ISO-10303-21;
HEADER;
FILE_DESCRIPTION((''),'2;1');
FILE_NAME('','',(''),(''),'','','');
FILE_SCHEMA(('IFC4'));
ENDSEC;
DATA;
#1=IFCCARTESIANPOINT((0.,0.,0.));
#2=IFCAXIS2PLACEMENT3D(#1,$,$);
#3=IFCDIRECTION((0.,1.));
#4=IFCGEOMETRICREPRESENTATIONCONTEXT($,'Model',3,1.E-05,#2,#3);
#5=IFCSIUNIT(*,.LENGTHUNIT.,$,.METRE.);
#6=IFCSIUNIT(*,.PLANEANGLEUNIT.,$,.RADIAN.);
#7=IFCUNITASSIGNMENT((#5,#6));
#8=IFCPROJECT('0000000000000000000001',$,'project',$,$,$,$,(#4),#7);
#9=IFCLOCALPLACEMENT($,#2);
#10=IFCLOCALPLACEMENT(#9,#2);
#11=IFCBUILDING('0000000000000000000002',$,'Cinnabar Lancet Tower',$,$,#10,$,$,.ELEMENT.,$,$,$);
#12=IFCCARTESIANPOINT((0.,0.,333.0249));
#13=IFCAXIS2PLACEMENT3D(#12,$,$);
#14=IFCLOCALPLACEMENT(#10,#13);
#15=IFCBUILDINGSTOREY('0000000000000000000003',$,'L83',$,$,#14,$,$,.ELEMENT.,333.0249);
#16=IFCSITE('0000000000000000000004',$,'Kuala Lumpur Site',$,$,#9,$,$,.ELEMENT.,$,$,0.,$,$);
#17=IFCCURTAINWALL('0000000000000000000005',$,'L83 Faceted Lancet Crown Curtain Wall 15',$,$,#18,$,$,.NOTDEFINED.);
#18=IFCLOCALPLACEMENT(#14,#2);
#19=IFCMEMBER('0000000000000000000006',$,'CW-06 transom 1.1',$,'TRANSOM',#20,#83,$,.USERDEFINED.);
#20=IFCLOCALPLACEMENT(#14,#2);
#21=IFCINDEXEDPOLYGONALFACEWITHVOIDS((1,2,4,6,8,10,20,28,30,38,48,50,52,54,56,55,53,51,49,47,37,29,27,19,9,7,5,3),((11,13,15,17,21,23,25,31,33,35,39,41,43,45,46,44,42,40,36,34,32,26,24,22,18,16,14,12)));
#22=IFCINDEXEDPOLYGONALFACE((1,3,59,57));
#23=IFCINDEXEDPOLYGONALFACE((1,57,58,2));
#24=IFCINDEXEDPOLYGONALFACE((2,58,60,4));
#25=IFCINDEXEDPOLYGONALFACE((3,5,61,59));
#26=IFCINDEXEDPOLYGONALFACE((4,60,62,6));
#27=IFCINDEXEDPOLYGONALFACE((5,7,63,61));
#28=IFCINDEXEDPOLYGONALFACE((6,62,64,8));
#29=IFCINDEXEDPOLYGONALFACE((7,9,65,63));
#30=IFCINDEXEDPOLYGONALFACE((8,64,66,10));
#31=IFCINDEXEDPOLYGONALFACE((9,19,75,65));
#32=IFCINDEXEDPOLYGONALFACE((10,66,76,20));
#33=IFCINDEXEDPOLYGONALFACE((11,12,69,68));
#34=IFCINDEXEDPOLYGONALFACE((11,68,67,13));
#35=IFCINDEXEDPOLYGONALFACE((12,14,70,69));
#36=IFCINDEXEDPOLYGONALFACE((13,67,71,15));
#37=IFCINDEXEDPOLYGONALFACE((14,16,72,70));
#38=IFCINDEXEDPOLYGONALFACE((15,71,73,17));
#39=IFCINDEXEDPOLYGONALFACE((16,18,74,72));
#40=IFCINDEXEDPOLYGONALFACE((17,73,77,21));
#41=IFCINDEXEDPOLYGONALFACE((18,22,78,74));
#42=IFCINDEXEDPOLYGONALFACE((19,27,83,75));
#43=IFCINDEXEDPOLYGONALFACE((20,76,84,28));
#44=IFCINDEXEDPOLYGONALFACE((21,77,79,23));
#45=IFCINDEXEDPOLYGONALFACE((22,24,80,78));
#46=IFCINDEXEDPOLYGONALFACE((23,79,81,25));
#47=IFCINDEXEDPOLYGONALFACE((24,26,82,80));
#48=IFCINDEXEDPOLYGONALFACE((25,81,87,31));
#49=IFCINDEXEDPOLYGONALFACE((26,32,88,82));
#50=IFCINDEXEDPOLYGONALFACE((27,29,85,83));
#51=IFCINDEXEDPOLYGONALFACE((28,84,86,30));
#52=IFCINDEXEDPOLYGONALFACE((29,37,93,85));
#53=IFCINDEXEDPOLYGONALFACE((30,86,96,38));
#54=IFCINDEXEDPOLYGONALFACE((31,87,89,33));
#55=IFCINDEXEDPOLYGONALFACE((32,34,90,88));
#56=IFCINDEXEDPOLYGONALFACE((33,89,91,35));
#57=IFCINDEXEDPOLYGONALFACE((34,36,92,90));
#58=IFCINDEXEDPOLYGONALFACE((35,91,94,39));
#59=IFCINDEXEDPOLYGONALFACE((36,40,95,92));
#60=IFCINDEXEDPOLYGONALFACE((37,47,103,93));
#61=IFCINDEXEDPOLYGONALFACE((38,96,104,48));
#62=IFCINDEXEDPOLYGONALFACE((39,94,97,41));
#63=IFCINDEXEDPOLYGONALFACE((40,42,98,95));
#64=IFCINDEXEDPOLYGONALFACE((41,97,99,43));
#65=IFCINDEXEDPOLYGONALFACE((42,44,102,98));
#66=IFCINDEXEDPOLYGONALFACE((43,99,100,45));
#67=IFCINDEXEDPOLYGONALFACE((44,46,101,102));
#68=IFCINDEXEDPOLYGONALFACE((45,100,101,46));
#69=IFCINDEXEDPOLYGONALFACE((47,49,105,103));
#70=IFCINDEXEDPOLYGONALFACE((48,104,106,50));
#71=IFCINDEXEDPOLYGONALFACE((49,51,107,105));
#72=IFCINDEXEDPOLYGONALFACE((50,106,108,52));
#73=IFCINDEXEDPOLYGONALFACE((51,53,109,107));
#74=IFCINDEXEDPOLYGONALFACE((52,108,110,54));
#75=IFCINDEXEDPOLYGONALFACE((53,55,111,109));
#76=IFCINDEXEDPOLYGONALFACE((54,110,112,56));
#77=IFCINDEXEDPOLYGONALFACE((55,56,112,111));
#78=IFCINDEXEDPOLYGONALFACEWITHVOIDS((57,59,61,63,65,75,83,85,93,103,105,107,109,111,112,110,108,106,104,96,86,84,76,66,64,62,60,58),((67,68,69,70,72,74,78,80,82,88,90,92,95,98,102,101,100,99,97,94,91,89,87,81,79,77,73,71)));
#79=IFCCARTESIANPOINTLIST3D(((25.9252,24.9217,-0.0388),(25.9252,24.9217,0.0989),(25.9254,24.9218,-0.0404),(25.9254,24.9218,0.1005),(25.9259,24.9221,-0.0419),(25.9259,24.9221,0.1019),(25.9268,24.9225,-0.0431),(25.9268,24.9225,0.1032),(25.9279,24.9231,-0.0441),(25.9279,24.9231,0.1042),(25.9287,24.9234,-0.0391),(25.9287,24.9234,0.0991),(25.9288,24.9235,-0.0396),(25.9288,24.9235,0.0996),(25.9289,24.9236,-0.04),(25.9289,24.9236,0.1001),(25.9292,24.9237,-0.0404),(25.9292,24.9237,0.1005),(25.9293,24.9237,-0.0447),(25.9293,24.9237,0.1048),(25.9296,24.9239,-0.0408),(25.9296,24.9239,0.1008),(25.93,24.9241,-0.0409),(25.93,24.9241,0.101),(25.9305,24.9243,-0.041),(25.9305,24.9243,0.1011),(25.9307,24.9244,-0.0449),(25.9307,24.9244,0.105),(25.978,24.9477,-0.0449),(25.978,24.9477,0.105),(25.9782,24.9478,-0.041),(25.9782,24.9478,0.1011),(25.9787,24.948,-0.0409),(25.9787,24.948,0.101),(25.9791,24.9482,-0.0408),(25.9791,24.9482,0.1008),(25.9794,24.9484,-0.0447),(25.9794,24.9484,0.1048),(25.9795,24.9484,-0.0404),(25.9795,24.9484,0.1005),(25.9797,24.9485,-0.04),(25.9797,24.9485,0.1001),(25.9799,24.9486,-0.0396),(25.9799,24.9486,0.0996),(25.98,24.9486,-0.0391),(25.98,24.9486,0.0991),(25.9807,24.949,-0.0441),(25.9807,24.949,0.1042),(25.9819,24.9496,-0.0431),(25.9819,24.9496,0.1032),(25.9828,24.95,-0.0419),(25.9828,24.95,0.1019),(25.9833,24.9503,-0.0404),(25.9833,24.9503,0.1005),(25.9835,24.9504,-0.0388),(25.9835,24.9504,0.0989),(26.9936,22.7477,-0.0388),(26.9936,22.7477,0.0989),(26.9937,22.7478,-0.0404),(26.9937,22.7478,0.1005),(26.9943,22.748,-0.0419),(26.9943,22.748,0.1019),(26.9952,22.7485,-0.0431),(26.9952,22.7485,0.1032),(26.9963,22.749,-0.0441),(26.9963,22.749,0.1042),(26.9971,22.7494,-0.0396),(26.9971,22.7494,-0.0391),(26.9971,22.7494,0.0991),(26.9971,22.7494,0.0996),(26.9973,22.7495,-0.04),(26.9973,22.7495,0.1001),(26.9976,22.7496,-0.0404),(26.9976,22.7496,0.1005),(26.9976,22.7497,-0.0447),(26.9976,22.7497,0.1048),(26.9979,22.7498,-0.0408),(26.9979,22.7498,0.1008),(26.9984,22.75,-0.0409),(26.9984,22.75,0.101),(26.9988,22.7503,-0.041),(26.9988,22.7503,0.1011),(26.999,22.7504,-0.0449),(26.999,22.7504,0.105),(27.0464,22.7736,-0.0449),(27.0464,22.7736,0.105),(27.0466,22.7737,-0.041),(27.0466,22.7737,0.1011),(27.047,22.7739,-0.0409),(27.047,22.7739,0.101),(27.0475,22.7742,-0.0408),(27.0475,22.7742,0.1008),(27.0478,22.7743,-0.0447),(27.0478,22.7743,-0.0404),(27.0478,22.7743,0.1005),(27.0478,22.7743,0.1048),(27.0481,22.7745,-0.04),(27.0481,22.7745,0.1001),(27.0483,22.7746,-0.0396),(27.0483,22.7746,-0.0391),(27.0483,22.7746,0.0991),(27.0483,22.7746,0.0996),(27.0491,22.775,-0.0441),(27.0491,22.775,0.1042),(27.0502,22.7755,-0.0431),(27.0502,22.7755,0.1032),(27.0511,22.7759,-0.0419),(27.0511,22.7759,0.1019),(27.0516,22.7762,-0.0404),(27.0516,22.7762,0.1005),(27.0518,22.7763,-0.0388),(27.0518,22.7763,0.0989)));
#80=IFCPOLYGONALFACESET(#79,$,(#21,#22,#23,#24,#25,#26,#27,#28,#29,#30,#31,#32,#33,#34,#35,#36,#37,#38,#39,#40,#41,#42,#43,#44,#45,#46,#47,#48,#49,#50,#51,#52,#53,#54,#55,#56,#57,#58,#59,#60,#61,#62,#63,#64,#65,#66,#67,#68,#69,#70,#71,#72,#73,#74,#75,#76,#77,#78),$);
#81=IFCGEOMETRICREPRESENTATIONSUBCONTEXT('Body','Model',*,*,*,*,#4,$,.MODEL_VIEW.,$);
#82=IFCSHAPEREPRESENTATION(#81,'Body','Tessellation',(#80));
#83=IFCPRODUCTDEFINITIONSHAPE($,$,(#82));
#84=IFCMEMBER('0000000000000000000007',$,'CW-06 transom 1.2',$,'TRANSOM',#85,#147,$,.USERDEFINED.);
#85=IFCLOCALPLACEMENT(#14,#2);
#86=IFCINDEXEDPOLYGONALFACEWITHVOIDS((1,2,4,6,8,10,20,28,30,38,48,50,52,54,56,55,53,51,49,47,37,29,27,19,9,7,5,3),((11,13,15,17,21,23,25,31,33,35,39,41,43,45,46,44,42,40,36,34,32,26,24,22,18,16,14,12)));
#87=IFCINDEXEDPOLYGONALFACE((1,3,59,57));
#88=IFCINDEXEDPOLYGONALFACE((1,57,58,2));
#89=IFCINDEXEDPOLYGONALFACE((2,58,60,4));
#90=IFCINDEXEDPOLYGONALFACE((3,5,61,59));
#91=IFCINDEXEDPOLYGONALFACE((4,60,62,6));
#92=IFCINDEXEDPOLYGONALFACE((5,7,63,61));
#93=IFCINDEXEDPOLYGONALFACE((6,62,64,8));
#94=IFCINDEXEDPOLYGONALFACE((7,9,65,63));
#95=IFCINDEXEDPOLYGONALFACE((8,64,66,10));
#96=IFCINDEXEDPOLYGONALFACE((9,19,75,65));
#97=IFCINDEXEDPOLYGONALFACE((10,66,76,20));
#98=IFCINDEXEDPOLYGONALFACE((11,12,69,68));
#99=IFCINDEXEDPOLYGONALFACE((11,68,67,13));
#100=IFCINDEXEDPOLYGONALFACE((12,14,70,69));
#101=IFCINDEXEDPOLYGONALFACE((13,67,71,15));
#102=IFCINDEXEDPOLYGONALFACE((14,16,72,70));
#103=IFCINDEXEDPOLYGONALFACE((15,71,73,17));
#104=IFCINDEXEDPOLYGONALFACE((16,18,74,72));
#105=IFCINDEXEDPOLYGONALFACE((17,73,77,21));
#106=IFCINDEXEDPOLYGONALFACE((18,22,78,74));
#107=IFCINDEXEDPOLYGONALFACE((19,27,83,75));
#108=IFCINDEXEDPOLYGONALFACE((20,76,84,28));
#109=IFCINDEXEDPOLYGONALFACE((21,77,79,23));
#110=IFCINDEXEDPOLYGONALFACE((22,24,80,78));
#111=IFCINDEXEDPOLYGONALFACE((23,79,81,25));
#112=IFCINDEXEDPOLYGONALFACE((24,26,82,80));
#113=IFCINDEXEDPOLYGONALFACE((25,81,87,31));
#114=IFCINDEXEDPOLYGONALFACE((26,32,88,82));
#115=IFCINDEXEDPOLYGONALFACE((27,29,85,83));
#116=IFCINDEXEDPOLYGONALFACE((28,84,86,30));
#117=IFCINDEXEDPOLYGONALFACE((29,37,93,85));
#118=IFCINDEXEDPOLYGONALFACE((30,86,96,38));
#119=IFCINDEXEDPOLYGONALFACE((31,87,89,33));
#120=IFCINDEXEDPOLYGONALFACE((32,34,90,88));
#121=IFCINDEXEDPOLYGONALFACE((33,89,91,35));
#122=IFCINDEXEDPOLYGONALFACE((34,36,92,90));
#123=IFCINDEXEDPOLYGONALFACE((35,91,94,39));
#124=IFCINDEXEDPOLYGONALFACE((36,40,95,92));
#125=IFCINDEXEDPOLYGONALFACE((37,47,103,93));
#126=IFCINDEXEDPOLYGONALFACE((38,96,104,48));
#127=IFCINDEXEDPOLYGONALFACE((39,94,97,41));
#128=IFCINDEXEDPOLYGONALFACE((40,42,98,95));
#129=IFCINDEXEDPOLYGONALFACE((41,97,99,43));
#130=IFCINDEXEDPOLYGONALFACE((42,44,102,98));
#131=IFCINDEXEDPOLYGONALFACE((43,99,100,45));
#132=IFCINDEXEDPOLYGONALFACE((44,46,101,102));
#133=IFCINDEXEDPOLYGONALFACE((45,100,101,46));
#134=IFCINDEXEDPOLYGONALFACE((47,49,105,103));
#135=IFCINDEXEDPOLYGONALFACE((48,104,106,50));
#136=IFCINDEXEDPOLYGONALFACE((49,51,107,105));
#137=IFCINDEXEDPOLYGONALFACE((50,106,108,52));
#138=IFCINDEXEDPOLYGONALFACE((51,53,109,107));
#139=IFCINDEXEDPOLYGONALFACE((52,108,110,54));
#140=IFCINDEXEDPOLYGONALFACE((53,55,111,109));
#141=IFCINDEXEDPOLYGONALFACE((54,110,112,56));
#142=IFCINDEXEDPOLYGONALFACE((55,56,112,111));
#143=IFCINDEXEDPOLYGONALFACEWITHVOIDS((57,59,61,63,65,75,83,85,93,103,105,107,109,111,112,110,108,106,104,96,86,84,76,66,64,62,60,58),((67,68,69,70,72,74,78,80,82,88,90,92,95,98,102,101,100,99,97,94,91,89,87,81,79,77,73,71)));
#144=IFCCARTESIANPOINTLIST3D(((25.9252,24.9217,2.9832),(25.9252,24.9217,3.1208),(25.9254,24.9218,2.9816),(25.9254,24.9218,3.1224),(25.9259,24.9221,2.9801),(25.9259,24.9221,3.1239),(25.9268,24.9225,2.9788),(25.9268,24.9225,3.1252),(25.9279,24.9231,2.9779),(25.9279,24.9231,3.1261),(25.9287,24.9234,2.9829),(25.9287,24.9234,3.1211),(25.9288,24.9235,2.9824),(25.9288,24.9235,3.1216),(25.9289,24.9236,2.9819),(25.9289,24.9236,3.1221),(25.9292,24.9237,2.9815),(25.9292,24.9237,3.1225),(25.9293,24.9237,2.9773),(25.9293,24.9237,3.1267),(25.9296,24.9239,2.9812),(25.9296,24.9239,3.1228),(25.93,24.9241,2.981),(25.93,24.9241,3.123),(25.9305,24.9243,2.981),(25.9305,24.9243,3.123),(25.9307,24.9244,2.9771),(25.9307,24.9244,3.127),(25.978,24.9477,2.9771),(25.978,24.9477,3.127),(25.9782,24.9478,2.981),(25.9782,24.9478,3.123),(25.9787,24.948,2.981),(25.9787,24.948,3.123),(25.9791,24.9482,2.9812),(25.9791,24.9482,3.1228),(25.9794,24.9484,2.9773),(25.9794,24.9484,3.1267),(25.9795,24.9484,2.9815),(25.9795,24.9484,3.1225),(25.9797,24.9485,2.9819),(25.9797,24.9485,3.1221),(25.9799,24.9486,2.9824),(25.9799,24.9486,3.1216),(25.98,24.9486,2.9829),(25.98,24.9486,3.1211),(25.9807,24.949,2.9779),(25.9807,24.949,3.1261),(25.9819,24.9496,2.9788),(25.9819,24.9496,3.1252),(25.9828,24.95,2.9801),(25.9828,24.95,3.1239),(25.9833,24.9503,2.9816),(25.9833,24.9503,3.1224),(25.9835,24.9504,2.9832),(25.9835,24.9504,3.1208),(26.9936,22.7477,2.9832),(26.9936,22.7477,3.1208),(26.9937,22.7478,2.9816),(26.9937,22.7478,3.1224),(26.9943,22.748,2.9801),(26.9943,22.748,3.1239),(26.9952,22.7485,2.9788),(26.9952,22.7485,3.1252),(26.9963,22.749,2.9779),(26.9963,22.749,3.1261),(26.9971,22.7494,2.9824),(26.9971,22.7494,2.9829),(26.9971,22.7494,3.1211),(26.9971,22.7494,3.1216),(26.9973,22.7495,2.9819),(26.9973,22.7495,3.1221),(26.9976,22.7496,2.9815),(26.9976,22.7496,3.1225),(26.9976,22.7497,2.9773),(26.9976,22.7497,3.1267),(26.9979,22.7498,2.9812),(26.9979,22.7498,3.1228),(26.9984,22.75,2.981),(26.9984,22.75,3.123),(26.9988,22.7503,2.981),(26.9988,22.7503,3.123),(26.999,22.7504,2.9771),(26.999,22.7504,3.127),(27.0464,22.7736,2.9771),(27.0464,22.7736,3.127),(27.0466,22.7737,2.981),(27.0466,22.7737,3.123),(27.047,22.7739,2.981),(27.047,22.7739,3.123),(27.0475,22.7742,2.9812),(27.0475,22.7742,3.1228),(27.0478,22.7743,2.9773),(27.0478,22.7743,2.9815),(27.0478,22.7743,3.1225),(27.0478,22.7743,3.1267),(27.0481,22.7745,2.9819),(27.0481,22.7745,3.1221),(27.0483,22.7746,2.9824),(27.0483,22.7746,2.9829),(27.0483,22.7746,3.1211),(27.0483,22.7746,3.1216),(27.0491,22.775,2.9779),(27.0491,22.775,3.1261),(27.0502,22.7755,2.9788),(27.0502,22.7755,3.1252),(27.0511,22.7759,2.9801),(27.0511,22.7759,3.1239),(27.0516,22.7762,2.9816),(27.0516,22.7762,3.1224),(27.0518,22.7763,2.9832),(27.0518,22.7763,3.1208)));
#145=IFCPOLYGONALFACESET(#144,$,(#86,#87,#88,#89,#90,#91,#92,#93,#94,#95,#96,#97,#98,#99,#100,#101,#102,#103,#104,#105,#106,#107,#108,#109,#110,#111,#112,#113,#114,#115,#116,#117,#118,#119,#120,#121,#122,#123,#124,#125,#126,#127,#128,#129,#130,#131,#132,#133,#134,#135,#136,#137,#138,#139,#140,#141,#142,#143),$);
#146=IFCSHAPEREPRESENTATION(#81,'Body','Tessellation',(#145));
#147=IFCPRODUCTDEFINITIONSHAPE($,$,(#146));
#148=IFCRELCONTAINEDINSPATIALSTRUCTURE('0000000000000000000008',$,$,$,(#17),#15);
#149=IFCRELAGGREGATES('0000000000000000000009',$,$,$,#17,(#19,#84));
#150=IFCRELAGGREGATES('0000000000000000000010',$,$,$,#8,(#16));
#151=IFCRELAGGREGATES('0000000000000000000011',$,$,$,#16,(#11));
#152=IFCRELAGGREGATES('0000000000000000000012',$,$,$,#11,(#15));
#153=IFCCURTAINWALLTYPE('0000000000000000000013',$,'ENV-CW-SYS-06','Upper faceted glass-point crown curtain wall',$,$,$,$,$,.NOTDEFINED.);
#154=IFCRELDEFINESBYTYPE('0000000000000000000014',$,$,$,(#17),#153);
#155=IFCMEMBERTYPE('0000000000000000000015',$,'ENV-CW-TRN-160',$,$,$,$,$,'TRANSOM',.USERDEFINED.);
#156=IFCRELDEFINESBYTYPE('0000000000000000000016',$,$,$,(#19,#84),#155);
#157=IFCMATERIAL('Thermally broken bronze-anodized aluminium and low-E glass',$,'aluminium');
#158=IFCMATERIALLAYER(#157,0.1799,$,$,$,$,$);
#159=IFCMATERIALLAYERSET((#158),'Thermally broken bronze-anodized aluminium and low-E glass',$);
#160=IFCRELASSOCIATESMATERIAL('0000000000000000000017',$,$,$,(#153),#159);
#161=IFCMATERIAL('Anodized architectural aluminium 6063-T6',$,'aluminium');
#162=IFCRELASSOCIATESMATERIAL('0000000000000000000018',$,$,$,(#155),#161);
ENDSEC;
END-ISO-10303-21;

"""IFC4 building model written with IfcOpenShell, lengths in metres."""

from ifc_helpers import new_model, si_unit, direction, frame, origin, origin_2d, place, context, subcontext, project, spatial, hollow_rectangle, extrude, material, layer, layer_set, material_profile, profile_set, type_object, element, aggregate, save


model = new_model("IFC4")

# Units and contexts
model_context = context("Model", 3, precision=1e-05, world=origin(), true_north=direction((0.0, 1.0)))
body_context = subcontext(model_context, "Body", "Model", "MODEL_VIEW")
ifc_project = project(units=[si_unit("LENGTHUNIT", "METRE"), si_unit("PLANEANGLEUNIT", "RADIAN")], contexts=[model_context])

# Site, building, storey
site_placement = place(None, origin())
site = spatial("IfcSite", under=ifc_project, at=site_placement, Name="Kuala Lumpur Site", CompositionType="ELEMENT", RefElevation=0.0)
building_placement = place(site_placement, origin())
building = spatial("IfcBuilding", under=site, at=building_placement, Name="Cinnabar Lancet Tower", CompositionType="ELEMENT")
storey_placement = place(building_placement, frame((0.0, 0.0, 333.0249)))
storey = spatial("IfcBuildingStorey", under=building, at=storey_placement, Name="L83", CompositionType="ELEMENT", Elevation=333.0249)

# Curtain wall
ifc_material_1 = material(Name="Thermally broken bronze-anodized aluminium and low-E glass", Category="aluminium")
ifc_layer_1 = layer(ifc_material_1, 0.1799)
ifc_layer_set_1 = layer_set([ifc_layer_1], Name="Thermally broken bronze-anodized aluminium and low-E glass")
curtain_wall_type = type_object("IfcCurtainWallType", Name="ENV-CW-SYS-06", Description="Upper faceted glass-point crown curtain wall", PredefinedType="NOTDEFINED", material=ifc_layer_set_1)
curtain_wall_1_placement = place(storey_placement, origin())
curtain_wall_1 = element("IfcCurtainWall", 1, at=curtain_wall_1_placement, inside=storey, type_object=curtain_wall_type, Name="L83 Faceted Lancet Crown Curtain Wall 15", PredefinedType="NOTDEFINED")

# Members
ifc_material_2 = material(Name="Anodized architectural aluminium 6063-T6", Category="aluminium")
ifc_material_profile_1 = material_profile(ifc_material_2, hollow_rectangle(XDim=0.0649, YDim=0.1499, WallThickness=0.0039, InnerFilletRadius=0.002, OuterFilletRadius=0.0061, at=origin_2d()), Name="CW-TRN 150x65x4")
ifc_profile_set_1 = profile_set([ifc_material_profile_1], Name="Anodized architectural aluminium 6063-T6")
member_type_1 = type_object("IfcMemberType", Name="ENV-CW-TRN-160", ElementType="TRANSOM", PredefinedType="USERDEFINED", material=ifc_profile_set_1)
member_1_placement = place(storey_placement, frame((25.9543, 24.936, 0.03), z_axis=(0.441035, -0.89749, 0.0), x_axis=(0.89749, 0.441035, 0.0)))
member_1 = element("IfcMember", 2, at=member_1_placement, type_object=member_type_1, Name="CW-06 transom 1.1", ObjectType="TRANSOM", PredefinedType="USERDEFINED", context=body_context, shape_type="SweptSolid", body=[
    extrude(hollow_rectangle(XDim=0.0649, YDim=0.1499, WallThickness=0.0039, InnerFilletRadius=0.002, OuterFilletRadius=0.0061, at=origin_2d()), origin(), (0.0, 0.0, 1.0), 2.4224),
])
member_2_placement = place(storey_placement, frame((25.9543, 24.936, 3.052), z_axis=(0.441035, -0.89749, 0.0), x_axis=(0.89749, 0.441035, 0.0)))
member_2 = element("IfcMember", 3, at=member_2_placement, type_object=member_type_1, Name="CW-06 transom 1.2", ObjectType="TRANSOM", PredefinedType="USERDEFINED", context=body_context, shape_type="SweptSolid", body=[
    extrude(hollow_rectangle(XDim=0.0649, YDim=0.1499, WallThickness=0.0039, InnerFilletRadius=0.002, OuterFilletRadius=0.0061, at=origin_2d()), origin(), (0.0, 0.0, 1.0), 2.4224),
])

aggregate(curtain_wall_1, [member_1, member_2])

save(model, "model.ifc")
